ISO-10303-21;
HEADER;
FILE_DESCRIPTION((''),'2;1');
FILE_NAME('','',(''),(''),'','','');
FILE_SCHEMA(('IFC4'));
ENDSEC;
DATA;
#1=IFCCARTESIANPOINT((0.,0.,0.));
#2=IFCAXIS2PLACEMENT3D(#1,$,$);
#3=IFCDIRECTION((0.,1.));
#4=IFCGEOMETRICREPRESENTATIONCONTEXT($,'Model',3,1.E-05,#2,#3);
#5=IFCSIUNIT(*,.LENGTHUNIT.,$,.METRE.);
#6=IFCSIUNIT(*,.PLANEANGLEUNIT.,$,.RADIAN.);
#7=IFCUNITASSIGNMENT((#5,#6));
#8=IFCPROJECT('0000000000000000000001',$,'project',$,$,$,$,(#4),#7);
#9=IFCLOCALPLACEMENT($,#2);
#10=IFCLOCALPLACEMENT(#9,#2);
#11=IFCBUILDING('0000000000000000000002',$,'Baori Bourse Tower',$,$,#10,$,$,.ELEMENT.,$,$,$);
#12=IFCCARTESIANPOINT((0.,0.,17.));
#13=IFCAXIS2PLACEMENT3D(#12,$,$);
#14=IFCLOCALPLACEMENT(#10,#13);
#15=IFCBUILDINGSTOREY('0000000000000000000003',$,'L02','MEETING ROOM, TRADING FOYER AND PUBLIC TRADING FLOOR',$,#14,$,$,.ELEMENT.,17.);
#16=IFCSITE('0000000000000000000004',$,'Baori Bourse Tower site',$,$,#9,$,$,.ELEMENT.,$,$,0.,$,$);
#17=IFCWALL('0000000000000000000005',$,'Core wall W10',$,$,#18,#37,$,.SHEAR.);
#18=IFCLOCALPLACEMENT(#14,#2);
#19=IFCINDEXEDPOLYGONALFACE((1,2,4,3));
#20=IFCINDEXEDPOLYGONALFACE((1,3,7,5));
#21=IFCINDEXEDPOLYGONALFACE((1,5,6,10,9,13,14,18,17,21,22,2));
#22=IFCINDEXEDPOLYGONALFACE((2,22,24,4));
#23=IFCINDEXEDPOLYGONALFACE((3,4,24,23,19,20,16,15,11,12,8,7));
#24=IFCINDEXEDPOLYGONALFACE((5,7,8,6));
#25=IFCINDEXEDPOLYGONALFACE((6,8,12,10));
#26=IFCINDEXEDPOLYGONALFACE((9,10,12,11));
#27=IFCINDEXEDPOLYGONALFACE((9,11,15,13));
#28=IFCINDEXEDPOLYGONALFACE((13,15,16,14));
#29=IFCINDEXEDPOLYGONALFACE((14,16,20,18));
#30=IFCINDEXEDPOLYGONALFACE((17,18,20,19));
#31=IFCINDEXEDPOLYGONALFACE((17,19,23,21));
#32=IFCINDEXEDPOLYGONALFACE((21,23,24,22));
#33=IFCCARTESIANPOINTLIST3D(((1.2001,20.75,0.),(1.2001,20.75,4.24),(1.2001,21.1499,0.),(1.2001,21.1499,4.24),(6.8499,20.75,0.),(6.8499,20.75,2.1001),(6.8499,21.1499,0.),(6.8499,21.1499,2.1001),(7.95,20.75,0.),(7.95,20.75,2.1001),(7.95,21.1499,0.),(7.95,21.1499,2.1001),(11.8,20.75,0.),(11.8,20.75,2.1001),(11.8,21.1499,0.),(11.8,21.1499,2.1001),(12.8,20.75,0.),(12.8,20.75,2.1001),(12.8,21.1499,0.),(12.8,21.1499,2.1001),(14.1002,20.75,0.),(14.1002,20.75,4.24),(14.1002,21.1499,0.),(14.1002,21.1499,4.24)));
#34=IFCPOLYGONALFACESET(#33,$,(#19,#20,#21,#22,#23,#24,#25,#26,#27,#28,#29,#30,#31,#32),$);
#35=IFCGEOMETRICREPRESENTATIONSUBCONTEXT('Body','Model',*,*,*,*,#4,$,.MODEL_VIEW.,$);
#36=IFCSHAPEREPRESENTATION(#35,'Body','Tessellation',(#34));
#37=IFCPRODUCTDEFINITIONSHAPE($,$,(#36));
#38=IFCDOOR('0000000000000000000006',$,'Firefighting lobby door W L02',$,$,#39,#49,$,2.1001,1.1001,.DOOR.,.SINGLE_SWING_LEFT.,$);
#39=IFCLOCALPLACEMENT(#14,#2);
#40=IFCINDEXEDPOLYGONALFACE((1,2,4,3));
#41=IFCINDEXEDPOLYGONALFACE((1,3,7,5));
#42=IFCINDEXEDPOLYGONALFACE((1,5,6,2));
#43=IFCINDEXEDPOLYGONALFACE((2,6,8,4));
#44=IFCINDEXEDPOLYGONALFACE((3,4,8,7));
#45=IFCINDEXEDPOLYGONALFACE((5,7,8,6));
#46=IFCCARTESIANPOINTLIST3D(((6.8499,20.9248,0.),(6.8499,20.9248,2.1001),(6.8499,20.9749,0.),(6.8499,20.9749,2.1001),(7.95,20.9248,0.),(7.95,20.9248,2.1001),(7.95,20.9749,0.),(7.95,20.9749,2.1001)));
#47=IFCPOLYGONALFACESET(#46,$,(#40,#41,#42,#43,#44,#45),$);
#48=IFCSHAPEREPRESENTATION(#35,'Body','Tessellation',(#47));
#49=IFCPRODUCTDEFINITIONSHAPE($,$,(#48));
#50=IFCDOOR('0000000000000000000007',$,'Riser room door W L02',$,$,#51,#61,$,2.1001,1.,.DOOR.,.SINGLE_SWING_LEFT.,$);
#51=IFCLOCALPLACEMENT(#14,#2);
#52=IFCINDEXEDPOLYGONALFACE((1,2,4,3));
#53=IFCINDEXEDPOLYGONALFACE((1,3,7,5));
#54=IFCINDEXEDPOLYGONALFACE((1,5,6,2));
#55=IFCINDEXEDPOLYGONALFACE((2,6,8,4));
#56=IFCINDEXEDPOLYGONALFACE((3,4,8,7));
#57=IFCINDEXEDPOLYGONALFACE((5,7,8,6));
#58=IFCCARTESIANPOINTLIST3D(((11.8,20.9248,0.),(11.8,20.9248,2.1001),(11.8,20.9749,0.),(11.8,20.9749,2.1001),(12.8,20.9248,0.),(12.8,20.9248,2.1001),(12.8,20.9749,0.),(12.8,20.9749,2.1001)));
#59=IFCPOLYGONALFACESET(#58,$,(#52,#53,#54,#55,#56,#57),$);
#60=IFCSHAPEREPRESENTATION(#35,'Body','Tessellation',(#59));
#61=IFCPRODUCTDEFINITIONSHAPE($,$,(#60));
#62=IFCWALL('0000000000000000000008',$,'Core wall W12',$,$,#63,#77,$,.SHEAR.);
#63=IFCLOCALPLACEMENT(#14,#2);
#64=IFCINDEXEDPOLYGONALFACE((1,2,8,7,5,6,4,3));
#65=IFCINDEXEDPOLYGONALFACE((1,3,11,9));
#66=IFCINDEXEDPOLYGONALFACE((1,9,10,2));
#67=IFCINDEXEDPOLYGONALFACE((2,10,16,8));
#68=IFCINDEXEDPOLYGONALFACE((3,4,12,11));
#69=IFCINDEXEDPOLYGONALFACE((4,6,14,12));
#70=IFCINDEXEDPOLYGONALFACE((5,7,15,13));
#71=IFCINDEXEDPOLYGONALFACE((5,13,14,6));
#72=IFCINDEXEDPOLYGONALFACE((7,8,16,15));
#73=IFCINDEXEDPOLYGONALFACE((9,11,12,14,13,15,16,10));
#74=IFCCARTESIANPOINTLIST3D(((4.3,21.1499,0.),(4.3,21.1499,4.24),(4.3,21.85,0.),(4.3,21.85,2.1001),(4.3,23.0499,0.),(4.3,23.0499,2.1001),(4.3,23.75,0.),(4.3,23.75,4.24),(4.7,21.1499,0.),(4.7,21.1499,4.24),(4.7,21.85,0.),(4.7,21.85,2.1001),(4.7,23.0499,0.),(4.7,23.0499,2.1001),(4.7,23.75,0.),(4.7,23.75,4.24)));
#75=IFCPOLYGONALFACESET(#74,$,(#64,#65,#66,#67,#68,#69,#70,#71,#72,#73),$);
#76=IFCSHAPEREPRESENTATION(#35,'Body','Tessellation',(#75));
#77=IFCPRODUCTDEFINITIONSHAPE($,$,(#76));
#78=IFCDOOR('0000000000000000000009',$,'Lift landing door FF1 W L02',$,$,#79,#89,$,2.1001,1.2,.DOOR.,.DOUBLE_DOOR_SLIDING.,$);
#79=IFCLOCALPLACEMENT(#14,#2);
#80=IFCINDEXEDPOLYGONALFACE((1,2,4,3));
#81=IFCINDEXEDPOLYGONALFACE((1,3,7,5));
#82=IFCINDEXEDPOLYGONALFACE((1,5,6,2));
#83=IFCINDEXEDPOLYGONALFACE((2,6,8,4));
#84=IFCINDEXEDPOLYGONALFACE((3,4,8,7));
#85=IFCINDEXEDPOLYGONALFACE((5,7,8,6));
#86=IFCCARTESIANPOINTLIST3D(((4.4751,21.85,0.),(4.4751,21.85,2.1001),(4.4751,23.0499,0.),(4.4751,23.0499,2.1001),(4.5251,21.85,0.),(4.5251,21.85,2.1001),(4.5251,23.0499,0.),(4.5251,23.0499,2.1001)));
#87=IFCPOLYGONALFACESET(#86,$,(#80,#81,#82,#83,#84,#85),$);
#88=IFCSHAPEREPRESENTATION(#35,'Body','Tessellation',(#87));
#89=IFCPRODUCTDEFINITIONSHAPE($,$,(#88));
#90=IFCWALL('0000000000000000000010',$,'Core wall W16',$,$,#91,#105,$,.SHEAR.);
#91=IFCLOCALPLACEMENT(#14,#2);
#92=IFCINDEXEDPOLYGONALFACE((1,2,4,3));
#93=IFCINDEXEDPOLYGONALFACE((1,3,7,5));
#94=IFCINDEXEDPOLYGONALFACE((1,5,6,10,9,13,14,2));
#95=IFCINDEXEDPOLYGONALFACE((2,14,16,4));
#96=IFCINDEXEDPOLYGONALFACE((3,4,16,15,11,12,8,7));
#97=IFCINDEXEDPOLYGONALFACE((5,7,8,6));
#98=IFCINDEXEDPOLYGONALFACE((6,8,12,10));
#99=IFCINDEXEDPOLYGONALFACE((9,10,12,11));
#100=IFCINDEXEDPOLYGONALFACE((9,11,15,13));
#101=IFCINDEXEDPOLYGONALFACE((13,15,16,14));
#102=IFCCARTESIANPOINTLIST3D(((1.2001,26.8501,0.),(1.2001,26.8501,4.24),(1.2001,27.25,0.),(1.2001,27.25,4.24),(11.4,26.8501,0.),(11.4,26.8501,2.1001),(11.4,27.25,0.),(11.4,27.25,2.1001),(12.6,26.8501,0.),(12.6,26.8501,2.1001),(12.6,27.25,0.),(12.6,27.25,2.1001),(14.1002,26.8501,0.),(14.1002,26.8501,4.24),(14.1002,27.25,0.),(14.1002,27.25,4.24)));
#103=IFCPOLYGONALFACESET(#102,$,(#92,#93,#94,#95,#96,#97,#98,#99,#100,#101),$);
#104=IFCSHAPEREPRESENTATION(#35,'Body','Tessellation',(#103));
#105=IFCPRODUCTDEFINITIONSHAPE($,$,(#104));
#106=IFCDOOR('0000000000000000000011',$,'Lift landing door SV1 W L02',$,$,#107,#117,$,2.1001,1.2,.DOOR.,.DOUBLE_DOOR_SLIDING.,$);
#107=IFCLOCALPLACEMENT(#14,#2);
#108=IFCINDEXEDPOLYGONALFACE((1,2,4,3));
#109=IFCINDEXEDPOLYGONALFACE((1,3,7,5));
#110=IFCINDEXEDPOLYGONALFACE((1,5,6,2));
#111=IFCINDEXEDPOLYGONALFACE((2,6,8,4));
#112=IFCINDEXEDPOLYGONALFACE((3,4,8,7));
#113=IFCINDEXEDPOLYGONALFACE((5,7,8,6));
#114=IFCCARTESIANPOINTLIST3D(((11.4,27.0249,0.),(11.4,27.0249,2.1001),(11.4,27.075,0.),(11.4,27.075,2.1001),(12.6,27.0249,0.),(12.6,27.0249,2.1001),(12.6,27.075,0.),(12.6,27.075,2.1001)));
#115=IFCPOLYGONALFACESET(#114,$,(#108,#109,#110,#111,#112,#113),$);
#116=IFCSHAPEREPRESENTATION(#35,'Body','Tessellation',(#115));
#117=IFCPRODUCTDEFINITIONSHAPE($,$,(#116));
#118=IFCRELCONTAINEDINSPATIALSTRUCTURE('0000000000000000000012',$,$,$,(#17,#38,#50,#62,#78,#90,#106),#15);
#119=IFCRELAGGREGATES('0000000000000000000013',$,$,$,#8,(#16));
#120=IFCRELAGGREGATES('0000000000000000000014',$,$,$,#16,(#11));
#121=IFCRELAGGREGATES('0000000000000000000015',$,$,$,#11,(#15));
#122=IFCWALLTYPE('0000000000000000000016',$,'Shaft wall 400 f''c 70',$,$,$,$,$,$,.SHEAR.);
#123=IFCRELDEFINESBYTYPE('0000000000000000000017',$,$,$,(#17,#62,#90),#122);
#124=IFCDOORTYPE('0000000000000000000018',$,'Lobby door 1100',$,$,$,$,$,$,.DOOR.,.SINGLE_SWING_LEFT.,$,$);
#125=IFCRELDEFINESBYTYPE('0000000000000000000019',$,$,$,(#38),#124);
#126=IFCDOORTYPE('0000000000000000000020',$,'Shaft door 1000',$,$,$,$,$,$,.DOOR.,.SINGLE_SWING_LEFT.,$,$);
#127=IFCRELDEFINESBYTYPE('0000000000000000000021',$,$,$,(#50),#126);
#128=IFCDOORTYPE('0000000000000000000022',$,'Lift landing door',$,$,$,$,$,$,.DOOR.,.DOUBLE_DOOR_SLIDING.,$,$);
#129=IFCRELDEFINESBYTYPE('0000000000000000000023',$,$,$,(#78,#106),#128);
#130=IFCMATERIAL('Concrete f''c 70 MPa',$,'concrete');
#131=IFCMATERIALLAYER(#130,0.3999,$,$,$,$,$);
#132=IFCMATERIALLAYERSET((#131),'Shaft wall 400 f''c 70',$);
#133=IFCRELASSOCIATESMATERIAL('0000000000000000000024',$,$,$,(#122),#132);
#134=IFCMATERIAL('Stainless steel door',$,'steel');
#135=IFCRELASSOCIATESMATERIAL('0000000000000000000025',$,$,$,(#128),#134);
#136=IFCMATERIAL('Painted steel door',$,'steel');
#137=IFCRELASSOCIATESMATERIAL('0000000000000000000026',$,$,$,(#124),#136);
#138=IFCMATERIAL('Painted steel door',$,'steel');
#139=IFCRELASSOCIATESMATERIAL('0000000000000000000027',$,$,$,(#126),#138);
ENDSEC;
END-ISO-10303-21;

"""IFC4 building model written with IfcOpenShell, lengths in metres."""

from ifc_helpers import new_model, si_unit, direction, frame, frame_2d, origin, place, context, subcontext, project, spatial, rectangle, extrude, material, layer, layer_set, type_object, element, fill, save


model = new_model("IFC4")

# Units and contexts
model_context = context("Model", 3, precision=1e-05, world=origin(), true_north=direction((0.0, 1.0)))
body_context = subcontext(model_context, "Body", "Model", "MODEL_VIEW")
ifc_project = project(units=[si_unit("LENGTHUNIT", "METRE"), si_unit("PLANEANGLEUNIT", "RADIAN")], contexts=[model_context])

# Site, building, storey
site_placement = place(None, origin())
site = spatial("IfcSite", under=ifc_project, at=site_placement, Name="Baori Bourse Tower site", CompositionType="ELEMENT", RefElevation=0.0)
building_placement = place(site_placement, origin())
building = spatial("IfcBuilding", under=site, at=building_placement, Name="Baori Bourse Tower", CompositionType="ELEMENT")
storey_placement = place(building_placement, frame((0.0, 0.0, 17.0)))
storey = spatial("IfcBuildingStorey", under=building, at=storey_placement, Name="L02", Description="MEETING ROOM, TRADING FOYER AND PUBLIC TRADING FLOOR", CompositionType="ELEMENT", Elevation=17.0)

# Shared definitions
ifc_material_1 = material(Name="Concrete f'c 70 MPa", Category="concrete")
ifc_layer_1 = layer(ifc_material_1, 0.3999)
ifc_layer_set_1 = layer_set([ifc_layer_1], Name="Shaft wall 400 f'c 70")
wall_type_1 = type_object("IfcWallType", Name="Shaft wall 400 f'c 70", PredefinedType="SHEAR", material=ifc_layer_set_1)

# Wall, openings, doors
ifc_material_2 = material(Name="Stainless steel door", Category="steel")
door_type_1 = type_object("IfcDoorType", Name="Lift landing door", OperationType="DOUBLE_DOOR_SLIDING", PredefinedType="DOOR", material=ifc_material_2)
wall_1_placement = place(storey_placement, frame((1.2, 20.95, 0.0), z_axis=(0.0, 0.0, 1.0), x_axis=(1.0, 0.0, 0.0)))
wall_1 = element("IfcWall", 1, at=wall_1_placement, inside=storey, type_object=wall_type_1, Name="Core wall W10", PredefinedType="SHEAR", context=body_context, shape_type="SweptSolid", body=[
    extrude(rectangle(XDim=12.9001, YDim=0.3999, at=frame_2d((6.4502, 0.0))), origin(), (0.0, 0.0, 1.0), 4.24),
])
opening_1_placement = place(wall_1_placement, frame((5.6499, 0.0, 0.0)))
opening_1 = element("IfcOpeningElement", 2, at=opening_1_placement, cuts=wall_1, PredefinedType="OPENING", context=body_context, shape_type="SweptSolid", body=[
    extrude(rectangle(XDim=1.1001, YDim=2.1001, at=frame_2d((0.55, 1.05))), frame((0.0, 0.21, 0.0), z_axis=(0.0, -1.0, 0.0), x_axis=(1.0, 0.0, 0.0)), (0.0, 0.0, 1.0), 0.4199),
])
opening_2_placement = place(wall_1_placement, frame((10.6001, 0.0, 0.0)))
opening_2 = element("IfcOpeningElement", 3, at=opening_2_placement, cuts=wall_1, PredefinedType="OPENING", context=body_context, shape_type="SweptSolid", body=[
    extrude(rectangle(XDim=1.0, YDim=2.1001, at=frame_2d((0.5, 1.05))), frame((0.0, 0.21, 0.0), z_axis=(0.0, -1.0, 0.0), x_axis=(1.0, 0.0, 0.0)), (0.0, 0.0, 1.0), 0.4199),
])
ifc_material_3 = material(Name="Painted steel door", Category="steel")
door_type_2 = type_object("IfcDoorType", Name="Lobby door 1100", OperationType="SINGLE_SWING_LEFT", PredefinedType="DOOR", material=ifc_material_3)
door_1_placement = place(opening_1_placement, origin())
door_1 = element("IfcDoor", 4, at=door_1_placement, inside=storey, type_object=door_type_2, Name="Firefighting lobby door W L02", OperationType="SINGLE_SWING_LEFT", OverallHeight=2.1001, OverallWidth=1.1001, PredefinedType="DOOR", context=body_context, shape_type="SweptSolid", body=[
    extrude(rectangle(XDim=1.1001, YDim=2.1001, at=frame_2d((0.55, 1.05))), frame((0.0, 0.0249, 0.0), z_axis=(0.0, -1.0, 0.0), x_axis=(1.0, 0.0, 0.0)), (0.0, 0.0, 1.0), 0.05),
])
fill(opening_1, door_1)
ifc_material_4 = material(Name="Painted steel door", Category="steel")
door_type_3 = type_object("IfcDoorType", Name="Shaft door 1000", OperationType="SINGLE_SWING_LEFT", PredefinedType="DOOR", material=ifc_material_4)
door_2_placement = place(opening_2_placement, origin())
door_2 = element("IfcDoor", 5, at=door_2_placement, inside=storey, type_object=door_type_3, Name="Riser room door W L02", OperationType="SINGLE_SWING_LEFT", OverallHeight=2.1001, OverallWidth=1.0, PredefinedType="DOOR", context=body_context, shape_type="SweptSolid", body=[
    extrude(rectangle(XDim=1.0, YDim=2.1001, at=frame_2d((0.5, 1.05))), frame((0.0, 0.0249, 0.0), z_axis=(0.0, -1.0, 0.0), x_axis=(1.0, 0.0, 0.0)), (0.0, 0.0, 1.0), 0.05),
])
fill(opening_2, door_2)

# Walls, openings, doors
wall_2_placement = place(storey_placement, frame((4.5, 21.1499, 0.0), z_axis=(0.0, 0.0, 1.0), x_axis=(0.0, 1.0, 0.0)))
wall_2 = element("IfcWall", 6, at=wall_2_placement, inside=storey, type_object=wall_type_1, Name="Core wall W12", PredefinedType="SHEAR", context=body_context, shape_type="SweptSolid", body=[
    extrude(rectangle(XDim=2.6001, YDim=0.3999, at=frame_2d((1.3, 0.0))), origin(), (0.0, 0.0, 1.0), 4.24),
])
opening_3_placement = place(wall_2_placement, frame((0.7, 0.0, 0.0)))
opening_3 = element("IfcOpeningElement", 7, at=opening_3_placement, cuts=wall_2, PredefinedType="OPENING", context=body_context, shape_type="SweptSolid", body=[
    extrude(rectangle(XDim=1.2, YDim=2.1001, at=frame_2d((0.6001, 1.05))), frame((0.0, 0.21, 0.0), z_axis=(0.0, -1.0, 0.0), x_axis=(1.0, 0.0, 0.0)), (0.0, 0.0, 1.0), 0.4199),
])
door_3_placement = place(opening_3_placement, origin())
door_3 = element("IfcDoor", 8, at=door_3_placement, inside=storey, type_object=door_type_1, Name="Lift landing door FF1 W L02", OperationType="DOUBLE_DOOR_SLIDING", OverallHeight=2.1001, OverallWidth=1.2, PredefinedType="DOOR", context=body_context, shape_type="SweptSolid", body=[
    extrude(rectangle(XDim=1.2, YDim=2.1001, at=frame_2d((0.6001, 1.05))), frame((0.0, 0.0249, 0.0), z_axis=(0.0, -1.0, 0.0), x_axis=(1.0, 0.0, 0.0)), (0.0, 0.0, 1.0), 0.05),
])
fill(opening_3, door_3)
wall_3_placement = place(storey_placement, frame((1.2, 27.05, 0.0), z_axis=(0.0, 0.0, 1.0), x_axis=(1.0, 0.0, 0.0)))
wall_3 = element("IfcWall", 9, at=wall_3_placement, inside=storey, type_object=wall_type_1, Name="Core wall W16", PredefinedType="SHEAR", context=body_context, shape_type="SweptSolid", body=[
    extrude(rectangle(XDim=12.9001, YDim=0.3999, at=frame_2d((6.4502, 0.0))), origin(), (0.0, 0.0, 1.0), 4.24),
])
opening_4_placement = place(wall_3_placement, frame((10.2, 0.0, 0.0)))
opening_4 = element("IfcOpeningElement", 10, at=opening_4_placement, cuts=wall_3, PredefinedType="OPENING", context=body_context, shape_type="SweptSolid", body=[
    extrude(rectangle(XDim=1.2, YDim=2.1001, at=frame_2d((0.6001, 1.05))), frame((0.0, 0.21, 0.0), z_axis=(0.0, -1.0, 0.0), x_axis=(1.0, 0.0, 0.0)), (0.0, 0.0, 1.0), 0.4199),
])
door_4_placement = place(opening_4_placement, origin())
door_4 = element("IfcDoor", 11, at=door_4_placement, inside=storey, type_object=door_type_1, Name="Lift landing door SV1 W L02", OperationType="DOUBLE_DOOR_SLIDING", OverallHeight=2.1001, OverallWidth=1.2, PredefinedType="DOOR", context=body_context, shape_type="SweptSolid", body=[
    extrude(rectangle(XDim=1.2, YDim=2.1001, at=frame_2d((0.6001, 1.05))), frame((0.0, 0.0249, 0.0), z_axis=(0.0, -1.0, 0.0), x_axis=(1.0, 0.0, 0.0)), (0.0, 0.0, 1.0), 0.05),
])
fill(opening_4, door_4)

save(model, "model.ifc")
